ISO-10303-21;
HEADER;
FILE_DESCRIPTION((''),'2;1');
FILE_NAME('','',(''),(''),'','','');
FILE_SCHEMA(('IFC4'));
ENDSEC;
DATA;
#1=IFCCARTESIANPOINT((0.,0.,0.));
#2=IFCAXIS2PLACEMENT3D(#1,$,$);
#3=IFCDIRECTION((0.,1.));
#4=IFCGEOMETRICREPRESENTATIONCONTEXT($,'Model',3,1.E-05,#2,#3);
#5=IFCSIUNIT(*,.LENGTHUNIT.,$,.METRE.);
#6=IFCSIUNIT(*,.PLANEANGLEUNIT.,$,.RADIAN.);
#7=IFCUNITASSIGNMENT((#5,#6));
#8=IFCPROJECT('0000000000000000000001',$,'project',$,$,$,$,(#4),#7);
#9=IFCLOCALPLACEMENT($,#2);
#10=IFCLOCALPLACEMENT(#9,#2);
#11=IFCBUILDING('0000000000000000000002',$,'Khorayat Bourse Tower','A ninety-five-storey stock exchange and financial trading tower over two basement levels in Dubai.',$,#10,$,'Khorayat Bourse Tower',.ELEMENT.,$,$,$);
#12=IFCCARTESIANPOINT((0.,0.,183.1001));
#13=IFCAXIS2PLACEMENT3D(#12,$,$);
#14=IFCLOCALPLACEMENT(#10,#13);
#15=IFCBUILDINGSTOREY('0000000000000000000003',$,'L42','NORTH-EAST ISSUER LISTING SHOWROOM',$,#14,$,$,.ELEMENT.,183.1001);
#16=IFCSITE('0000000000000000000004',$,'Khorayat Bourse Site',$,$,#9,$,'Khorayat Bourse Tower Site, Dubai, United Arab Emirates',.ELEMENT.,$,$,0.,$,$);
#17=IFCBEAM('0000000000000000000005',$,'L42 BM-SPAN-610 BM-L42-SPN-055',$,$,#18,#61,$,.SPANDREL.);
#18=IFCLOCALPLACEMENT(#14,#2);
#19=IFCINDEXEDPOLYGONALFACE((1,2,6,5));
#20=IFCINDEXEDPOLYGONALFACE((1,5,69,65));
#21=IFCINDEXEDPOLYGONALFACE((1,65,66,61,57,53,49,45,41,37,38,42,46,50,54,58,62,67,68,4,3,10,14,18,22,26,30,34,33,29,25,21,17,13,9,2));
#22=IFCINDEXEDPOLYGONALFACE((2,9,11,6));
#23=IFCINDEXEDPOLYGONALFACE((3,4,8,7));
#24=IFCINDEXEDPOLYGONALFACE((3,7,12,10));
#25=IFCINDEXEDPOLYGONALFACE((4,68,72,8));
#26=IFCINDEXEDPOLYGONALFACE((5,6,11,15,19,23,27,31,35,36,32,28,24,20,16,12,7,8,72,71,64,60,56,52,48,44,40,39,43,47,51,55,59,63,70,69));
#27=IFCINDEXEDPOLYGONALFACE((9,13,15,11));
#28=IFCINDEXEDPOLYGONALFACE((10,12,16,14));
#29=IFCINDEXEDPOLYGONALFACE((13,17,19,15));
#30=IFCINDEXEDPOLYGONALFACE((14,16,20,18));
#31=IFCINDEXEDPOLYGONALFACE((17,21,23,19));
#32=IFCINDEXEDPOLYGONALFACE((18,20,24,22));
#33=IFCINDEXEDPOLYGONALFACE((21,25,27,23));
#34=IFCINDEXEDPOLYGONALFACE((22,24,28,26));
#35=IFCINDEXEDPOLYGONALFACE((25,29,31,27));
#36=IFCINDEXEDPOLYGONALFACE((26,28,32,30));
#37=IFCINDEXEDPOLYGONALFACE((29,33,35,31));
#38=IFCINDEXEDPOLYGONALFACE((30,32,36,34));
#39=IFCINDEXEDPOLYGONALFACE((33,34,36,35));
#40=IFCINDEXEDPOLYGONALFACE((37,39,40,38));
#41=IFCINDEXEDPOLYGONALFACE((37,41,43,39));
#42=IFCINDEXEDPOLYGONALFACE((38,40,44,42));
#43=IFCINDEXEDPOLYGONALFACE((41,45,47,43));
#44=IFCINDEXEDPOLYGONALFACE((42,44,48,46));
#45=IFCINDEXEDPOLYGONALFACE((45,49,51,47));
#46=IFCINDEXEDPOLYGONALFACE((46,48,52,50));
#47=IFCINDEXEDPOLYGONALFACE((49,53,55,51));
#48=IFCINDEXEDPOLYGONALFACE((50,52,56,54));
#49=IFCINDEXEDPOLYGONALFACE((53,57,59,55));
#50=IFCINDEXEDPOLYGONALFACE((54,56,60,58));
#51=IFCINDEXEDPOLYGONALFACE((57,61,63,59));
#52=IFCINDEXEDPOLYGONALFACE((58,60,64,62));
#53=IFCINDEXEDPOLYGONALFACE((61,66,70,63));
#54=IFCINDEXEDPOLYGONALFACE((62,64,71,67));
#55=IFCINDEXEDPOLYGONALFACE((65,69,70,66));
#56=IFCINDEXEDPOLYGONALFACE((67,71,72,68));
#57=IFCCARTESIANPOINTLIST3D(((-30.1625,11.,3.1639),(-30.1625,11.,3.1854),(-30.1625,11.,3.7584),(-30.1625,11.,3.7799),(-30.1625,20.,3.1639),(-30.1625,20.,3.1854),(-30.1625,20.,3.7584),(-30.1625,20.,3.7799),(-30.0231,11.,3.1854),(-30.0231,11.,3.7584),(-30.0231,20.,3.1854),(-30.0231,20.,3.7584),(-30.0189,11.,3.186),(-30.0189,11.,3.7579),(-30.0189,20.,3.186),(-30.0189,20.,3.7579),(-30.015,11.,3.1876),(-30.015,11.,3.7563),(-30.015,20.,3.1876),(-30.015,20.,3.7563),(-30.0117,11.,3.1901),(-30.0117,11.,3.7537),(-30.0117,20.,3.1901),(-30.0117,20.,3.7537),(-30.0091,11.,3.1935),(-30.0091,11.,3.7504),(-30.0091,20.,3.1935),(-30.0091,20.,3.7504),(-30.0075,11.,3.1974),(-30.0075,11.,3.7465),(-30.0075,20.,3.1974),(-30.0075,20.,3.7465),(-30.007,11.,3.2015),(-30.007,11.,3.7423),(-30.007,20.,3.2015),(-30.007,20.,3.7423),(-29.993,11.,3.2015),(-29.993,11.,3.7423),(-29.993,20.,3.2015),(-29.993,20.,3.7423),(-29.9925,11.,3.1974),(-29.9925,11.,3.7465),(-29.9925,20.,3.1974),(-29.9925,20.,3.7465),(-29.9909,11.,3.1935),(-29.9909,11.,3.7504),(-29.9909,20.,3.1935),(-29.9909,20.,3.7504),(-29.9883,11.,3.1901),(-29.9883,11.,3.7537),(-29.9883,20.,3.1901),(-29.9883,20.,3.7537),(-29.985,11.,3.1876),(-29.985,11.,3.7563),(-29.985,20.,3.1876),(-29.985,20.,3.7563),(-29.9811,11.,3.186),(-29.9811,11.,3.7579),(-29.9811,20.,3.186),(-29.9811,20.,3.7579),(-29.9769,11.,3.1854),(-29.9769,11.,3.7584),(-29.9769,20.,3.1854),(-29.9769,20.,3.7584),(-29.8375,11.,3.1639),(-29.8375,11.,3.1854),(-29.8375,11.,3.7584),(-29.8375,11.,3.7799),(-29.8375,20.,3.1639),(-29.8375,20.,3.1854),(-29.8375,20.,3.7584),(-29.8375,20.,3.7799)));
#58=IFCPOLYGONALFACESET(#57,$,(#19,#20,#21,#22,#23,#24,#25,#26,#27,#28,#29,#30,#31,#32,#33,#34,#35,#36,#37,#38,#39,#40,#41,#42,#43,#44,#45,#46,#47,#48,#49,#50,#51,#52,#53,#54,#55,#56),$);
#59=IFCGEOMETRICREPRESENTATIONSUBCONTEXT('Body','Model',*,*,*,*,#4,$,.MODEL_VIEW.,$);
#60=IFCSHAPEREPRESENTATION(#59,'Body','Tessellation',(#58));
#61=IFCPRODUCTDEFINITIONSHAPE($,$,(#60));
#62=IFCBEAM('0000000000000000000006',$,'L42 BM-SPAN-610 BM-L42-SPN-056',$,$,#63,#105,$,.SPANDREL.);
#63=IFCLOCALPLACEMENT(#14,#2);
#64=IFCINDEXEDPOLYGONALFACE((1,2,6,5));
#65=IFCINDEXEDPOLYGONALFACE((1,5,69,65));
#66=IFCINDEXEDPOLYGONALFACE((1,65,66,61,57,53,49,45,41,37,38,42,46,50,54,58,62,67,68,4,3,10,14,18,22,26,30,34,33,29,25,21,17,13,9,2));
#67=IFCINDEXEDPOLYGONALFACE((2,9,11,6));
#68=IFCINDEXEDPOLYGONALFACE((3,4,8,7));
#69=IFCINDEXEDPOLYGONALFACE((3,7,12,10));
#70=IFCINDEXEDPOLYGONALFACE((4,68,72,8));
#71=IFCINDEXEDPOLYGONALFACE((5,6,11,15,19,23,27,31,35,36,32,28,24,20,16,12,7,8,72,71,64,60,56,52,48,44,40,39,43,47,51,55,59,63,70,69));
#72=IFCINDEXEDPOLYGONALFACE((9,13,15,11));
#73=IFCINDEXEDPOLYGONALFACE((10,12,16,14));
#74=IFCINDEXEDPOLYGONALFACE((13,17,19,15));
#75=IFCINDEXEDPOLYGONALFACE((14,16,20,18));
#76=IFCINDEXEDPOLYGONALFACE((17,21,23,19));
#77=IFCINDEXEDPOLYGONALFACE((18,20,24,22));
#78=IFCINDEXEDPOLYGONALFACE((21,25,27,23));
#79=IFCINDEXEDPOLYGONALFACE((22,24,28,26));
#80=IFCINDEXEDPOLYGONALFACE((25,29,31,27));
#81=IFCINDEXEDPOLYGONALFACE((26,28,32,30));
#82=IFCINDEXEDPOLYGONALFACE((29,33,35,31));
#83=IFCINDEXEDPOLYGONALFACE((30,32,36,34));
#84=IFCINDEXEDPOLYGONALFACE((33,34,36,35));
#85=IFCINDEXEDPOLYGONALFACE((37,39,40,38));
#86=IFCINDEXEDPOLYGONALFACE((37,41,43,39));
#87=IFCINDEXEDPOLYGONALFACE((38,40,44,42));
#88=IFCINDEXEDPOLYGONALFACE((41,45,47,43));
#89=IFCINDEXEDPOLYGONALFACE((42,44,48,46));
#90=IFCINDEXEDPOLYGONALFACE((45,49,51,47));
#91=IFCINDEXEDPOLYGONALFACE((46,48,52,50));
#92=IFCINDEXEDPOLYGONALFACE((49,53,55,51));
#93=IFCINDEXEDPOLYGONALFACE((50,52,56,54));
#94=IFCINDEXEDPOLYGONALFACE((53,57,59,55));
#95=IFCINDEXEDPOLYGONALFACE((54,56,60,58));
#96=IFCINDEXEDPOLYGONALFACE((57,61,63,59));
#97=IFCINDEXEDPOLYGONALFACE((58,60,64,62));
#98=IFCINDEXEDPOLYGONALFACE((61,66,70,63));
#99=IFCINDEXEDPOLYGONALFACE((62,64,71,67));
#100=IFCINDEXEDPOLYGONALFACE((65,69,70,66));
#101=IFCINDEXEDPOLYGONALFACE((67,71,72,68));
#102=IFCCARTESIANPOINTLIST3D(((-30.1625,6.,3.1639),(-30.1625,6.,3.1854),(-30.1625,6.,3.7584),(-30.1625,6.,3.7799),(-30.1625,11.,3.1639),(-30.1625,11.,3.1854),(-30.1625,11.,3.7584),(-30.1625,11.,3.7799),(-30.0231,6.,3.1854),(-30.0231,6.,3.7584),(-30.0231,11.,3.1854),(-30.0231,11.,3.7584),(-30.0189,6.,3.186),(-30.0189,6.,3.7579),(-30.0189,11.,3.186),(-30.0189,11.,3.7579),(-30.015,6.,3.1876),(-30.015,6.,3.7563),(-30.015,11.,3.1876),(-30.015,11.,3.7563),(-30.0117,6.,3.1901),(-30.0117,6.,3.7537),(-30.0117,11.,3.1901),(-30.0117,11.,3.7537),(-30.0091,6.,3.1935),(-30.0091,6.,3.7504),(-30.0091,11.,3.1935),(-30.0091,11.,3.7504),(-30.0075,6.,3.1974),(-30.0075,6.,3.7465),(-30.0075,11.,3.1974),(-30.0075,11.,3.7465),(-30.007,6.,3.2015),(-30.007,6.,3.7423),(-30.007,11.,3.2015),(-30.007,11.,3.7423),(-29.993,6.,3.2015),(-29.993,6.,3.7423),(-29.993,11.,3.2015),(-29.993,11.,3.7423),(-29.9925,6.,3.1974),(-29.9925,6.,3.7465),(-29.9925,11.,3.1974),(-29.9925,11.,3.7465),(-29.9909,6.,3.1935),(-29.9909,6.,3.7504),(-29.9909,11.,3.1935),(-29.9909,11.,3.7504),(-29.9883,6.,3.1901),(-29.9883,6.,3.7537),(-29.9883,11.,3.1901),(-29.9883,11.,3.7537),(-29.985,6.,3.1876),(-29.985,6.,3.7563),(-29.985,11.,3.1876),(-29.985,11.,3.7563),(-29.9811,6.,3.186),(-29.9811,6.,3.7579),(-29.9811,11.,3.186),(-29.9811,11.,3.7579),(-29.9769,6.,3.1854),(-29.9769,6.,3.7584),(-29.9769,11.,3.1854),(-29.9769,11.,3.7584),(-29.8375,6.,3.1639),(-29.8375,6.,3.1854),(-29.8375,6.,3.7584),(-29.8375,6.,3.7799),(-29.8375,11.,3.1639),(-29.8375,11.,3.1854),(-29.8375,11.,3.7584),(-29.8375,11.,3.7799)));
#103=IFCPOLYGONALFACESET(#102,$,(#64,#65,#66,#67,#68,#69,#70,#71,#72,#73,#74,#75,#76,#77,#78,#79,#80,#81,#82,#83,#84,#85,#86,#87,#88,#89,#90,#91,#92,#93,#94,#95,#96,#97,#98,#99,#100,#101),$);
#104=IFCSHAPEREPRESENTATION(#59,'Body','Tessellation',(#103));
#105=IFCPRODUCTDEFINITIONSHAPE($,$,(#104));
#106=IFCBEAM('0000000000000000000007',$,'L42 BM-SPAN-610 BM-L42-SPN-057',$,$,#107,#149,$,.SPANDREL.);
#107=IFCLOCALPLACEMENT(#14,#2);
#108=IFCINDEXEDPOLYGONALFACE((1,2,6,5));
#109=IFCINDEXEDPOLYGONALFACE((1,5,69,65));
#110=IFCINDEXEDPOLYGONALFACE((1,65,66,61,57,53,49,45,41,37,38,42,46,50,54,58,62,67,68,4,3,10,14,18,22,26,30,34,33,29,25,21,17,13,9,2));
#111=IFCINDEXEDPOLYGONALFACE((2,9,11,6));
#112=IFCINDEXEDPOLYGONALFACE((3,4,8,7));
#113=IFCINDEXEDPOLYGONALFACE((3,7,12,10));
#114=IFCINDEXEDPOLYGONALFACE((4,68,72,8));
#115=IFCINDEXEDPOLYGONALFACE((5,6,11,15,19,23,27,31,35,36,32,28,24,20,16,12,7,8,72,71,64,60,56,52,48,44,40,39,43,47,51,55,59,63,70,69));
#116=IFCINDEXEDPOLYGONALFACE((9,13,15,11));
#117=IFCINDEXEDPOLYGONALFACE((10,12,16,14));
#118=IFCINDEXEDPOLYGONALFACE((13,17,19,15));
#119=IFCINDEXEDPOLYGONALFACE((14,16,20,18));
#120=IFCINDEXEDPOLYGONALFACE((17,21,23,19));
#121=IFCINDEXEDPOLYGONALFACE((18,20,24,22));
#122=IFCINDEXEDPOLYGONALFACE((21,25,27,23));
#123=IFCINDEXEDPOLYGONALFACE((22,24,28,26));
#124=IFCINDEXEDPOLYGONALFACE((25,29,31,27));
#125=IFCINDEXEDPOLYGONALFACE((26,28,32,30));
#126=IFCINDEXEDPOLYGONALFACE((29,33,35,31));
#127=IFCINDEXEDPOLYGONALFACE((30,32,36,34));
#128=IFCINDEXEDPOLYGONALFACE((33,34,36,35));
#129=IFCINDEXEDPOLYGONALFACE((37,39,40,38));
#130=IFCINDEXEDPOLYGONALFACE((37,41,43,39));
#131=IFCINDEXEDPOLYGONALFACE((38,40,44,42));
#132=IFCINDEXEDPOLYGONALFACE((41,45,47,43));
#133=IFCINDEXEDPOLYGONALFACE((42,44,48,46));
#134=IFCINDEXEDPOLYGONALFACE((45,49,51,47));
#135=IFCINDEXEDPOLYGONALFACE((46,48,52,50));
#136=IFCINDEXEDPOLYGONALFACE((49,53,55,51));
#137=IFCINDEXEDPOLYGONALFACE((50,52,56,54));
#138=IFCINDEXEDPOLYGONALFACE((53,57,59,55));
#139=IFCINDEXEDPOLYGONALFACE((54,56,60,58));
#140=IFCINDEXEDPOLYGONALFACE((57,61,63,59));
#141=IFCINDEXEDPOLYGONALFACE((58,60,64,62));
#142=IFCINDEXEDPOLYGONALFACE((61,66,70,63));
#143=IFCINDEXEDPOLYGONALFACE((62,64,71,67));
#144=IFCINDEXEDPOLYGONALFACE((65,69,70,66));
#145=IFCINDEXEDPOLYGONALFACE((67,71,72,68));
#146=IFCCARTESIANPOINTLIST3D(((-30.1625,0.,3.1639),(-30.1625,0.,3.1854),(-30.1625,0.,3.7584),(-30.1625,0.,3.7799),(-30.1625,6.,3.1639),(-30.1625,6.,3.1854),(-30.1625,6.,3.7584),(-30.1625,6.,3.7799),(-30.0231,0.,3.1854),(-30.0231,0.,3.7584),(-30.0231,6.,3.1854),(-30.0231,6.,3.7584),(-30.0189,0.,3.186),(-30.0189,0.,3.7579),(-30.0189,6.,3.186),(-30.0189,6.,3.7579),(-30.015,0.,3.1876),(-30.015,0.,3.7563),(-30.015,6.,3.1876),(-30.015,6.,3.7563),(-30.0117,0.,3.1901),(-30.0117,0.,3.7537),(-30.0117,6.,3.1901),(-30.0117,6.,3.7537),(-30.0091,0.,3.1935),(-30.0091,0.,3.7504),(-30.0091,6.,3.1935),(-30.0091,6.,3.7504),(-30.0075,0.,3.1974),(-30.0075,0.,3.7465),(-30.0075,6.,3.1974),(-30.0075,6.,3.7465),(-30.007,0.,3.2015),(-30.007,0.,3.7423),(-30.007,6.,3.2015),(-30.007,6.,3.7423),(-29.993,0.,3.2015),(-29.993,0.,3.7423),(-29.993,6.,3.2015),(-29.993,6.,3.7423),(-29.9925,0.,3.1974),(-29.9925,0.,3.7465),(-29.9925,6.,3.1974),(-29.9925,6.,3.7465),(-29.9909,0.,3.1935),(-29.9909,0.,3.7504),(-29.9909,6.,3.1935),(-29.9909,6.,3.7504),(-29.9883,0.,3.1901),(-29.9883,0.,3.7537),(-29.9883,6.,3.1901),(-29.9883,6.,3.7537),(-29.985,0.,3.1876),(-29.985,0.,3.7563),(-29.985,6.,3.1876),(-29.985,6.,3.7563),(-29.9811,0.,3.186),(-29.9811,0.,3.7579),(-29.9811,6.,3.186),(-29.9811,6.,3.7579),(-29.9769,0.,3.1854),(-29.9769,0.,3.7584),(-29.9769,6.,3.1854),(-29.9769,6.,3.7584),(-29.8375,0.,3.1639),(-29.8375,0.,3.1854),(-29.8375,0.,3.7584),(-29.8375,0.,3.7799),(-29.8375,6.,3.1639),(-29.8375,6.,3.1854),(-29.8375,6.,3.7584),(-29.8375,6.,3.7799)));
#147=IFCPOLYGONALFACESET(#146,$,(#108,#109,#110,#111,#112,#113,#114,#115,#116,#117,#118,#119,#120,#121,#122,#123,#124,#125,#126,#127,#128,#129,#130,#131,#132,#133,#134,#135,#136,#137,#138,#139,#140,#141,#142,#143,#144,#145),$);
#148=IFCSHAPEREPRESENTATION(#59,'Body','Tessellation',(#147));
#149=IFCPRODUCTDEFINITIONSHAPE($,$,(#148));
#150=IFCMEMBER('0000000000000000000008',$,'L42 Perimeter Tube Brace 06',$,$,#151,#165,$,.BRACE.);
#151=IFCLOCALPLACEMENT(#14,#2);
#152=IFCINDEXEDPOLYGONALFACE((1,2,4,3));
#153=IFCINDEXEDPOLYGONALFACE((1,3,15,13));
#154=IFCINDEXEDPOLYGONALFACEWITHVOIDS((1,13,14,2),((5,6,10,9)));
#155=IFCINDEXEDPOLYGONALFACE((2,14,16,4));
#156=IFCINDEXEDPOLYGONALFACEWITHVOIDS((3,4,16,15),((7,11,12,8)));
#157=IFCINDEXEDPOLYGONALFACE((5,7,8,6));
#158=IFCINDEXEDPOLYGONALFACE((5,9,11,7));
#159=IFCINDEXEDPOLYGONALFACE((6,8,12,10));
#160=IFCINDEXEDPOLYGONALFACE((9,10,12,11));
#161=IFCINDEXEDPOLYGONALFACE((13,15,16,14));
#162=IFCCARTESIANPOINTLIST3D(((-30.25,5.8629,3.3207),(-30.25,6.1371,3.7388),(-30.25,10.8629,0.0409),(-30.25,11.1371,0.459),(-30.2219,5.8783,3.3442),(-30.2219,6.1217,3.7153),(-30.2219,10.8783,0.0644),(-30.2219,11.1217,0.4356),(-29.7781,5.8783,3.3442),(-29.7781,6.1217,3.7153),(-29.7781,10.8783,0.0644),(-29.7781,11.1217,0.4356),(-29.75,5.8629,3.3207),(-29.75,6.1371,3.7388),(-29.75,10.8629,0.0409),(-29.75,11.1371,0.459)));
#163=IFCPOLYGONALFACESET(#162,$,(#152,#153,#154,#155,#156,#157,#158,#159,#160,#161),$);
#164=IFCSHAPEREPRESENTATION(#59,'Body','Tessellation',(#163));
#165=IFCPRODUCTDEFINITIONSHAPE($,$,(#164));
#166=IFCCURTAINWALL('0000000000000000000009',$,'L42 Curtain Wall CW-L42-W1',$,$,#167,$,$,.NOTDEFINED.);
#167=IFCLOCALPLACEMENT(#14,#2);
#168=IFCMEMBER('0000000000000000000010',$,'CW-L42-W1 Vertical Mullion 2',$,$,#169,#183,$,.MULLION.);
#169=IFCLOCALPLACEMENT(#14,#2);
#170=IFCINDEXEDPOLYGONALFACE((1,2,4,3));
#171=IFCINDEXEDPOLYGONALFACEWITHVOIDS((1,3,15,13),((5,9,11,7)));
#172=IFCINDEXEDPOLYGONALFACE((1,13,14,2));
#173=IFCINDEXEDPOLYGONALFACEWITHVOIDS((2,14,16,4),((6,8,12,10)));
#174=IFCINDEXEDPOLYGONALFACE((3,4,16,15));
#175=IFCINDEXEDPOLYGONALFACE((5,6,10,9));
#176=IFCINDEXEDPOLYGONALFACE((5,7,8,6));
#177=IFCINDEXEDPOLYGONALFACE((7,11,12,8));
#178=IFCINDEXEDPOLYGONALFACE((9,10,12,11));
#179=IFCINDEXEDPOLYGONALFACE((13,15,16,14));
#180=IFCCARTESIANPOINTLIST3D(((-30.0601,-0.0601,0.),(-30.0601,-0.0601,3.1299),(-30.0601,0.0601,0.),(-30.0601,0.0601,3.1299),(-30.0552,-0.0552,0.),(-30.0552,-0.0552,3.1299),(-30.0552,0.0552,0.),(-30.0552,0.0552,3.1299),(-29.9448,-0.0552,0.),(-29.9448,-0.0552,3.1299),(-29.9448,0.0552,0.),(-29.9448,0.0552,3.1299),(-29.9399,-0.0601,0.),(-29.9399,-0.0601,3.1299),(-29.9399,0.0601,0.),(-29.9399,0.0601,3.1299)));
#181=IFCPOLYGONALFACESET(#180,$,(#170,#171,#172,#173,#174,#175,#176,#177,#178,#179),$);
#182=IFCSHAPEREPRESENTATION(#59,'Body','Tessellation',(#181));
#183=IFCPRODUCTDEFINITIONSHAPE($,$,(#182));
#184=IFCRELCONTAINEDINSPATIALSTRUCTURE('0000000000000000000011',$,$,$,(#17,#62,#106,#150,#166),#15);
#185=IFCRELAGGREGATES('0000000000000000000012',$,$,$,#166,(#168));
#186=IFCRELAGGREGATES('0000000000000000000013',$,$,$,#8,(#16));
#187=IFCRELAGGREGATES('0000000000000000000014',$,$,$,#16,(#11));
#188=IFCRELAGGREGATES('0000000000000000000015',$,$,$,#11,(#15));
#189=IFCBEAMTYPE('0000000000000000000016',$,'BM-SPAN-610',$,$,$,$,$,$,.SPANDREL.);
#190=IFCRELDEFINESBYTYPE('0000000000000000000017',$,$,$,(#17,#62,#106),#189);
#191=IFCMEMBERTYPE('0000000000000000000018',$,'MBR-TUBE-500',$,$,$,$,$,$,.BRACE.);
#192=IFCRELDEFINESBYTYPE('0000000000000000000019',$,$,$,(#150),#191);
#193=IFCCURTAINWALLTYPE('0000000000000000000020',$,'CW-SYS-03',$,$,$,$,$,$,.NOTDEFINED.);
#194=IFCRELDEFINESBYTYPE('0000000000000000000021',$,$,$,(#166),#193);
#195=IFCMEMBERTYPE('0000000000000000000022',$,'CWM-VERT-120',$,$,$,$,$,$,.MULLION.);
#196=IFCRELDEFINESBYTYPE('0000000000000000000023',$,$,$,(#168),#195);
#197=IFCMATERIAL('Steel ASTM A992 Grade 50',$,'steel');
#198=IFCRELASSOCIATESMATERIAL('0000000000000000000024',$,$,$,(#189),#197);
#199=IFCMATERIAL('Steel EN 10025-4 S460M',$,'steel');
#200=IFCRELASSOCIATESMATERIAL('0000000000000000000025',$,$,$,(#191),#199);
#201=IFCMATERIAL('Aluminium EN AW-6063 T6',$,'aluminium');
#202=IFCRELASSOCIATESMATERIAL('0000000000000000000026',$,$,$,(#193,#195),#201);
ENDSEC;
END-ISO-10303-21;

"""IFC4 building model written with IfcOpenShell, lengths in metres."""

from ifc_helpers import new_model, si_unit, direction, frame, origin, origin_2d, place, context, subcontext, project, spatial, hollow_rectangle, i_section, extrude, source, transform, mapped, material, material_profile, profile_set, type_object, element, aggregate, save


model = new_model("IFC4")

# Units and contexts
model_context = context("Model", 3, precision=1e-05, world=origin(), true_north=direction((0.0, 1.0)))
body_context = subcontext(model_context, "Body", "Model", "MODEL_VIEW")
ifc_project = project(units=[si_unit("LENGTHUNIT", "METRE"), si_unit("PLANEANGLEUNIT", "RADIAN")], contexts=[model_context])

# Site, building, storey
site_placement = place(None, origin())
site = spatial("IfcSite", under=ifc_project, at=site_placement, Name="Khorayat Bourse Site", LongName="Khorayat Bourse Tower Site, Dubai, United Arab Emirates", CompositionType="ELEMENT", RefElevation=0.0)
building_placement = place(site_placement, origin())
building = spatial("IfcBuilding", under=site, at=building_placement, Name="Khorayat Bourse Tower", Description="A ninety-five-storey stock exchange and financial trading tower over two basement levels in Dubai.", LongName="Khorayat Bourse Tower", CompositionType="ELEMENT")
storey_placement = place(building_placement, frame((0.0, 0.0, 183.1001)))
storey = spatial("IfcBuildingStorey", under=building, at=storey_placement, Name="L42", Description="NORTH-EAST ISSUER LISTING SHOWROOM", CompositionType="ELEMENT", Elevation=183.1001)

# Shared definitions
ifc_material_1 = material(Name="Steel EN 10025-4 S460M", Category="steel")

# Beams
ifc_material_2 = material(Name="Steel ASTM A992 Grade 50", Category="steel")
ifc_material_profile_1 = material_profile(ifc_material_2, i_section(OverallWidth=0.325, OverallDepth=0.616, WebThickness=0.0139, FlangeThickness=0.0215, FilletRadius=0.0161, at=origin_2d()), Name="W610X174")
ifc_profile_set_1 = profile_set([ifc_material_profile_1], Name="Steel ASTM A992 Grade 50")
beam_type_1 = type_object("IfcBeamType", Name="BM-SPAN-610", PredefinedType="SPANDREL", material=ifc_profile_set_1)
shared_shape_1 = source(origin(), body_context, "Body", "SweptSolid", [
    extrude(i_section(OverallWidth=0.325, OverallDepth=0.616, WebThickness=0.0139, FlangeThickness=0.0215, FilletRadius=0.0161, at=origin_2d()), origin(), (0.0, 0.0, 1.0), 9.0),
])
beam_1_placement = place(storey_placement, frame((-30.0, 11.0, 3.4719), z_axis=(0.0, 1.0, 0.0), x_axis=(-1.0, 0.0, 0.0)))
element("IfcBeam", 1, at=beam_1_placement, inside=storey, type_object=beam_type_1, Name="L42 BM-SPAN-610 BM-L42-SPN-055", PredefinedType="SPANDREL", context=body_context, shape_type="MappedRepresentation", body=[
    mapped(shared_shape_1, transform((0.0, 0.0, 0.0), scale=1.0)),
])
shared_shape_2 = source(origin(), body_context, "Body", "SweptSolid", [
    extrude(i_section(OverallWidth=0.325, OverallDepth=0.616, WebThickness=0.0139, FlangeThickness=0.0215, FilletRadius=0.0161, at=origin_2d()), origin(), (0.0, 0.0, 1.0), 5.0),
])
beam_2_placement = place(storey_placement, frame((-30.0, 6.0, 3.4719), z_axis=(0.0, 1.0, 0.0), x_axis=(-1.0, 0.0, 0.0)))
element("IfcBeam", 2, at=beam_2_placement, inside=storey, type_object=beam_type_1, Name="L42 BM-SPAN-610 BM-L42-SPN-056", PredefinedType="SPANDREL", context=body_context, shape_type="MappedRepresentation", body=[
    mapped(shared_shape_2, transform((0.0, 0.0, 0.0), scale=1.0)),
])
shared_shape_3 = source(origin(), body_context, "Body", "SweptSolid", [
    extrude(i_section(OverallWidth=0.325, OverallDepth=0.616, WebThickness=0.0139, FlangeThickness=0.0215, FilletRadius=0.0161, at=origin_2d()), origin(), (0.0, 0.0, 1.0), 6.0),
])
beam_3_placement = place(storey_placement, frame((-30.0, 0.0, 3.4719), z_axis=(0.0, 1.0, 0.0), x_axis=(-1.0, 0.0, 0.0)))
element("IfcBeam", 3, at=beam_3_placement, inside=storey, type_object=beam_type_1, Name="L42 BM-SPAN-610 BM-L42-SPN-057", PredefinedType="SPANDREL", context=body_context, shape_type="MappedRepresentation", body=[
    mapped(shared_shape_3, transform((0.0, 0.0, 0.0), scale=1.0)),
])

# Member
ifc_material_profile_2 = material_profile(ifc_material_1, hollow_rectangle(XDim=0.5, YDim=0.5, WallThickness=0.0281, at=origin_2d()), Name="HSS 500x500x28")
ifc_profile_set_2 = profile_set([ifc_material_profile_2], Name="Steel EN 10025-4 S460M")
member_type_1 = type_object("IfcMemberType", Name="MBR-TUBE-500", PredefinedType="BRACE", material=ifc_profile_set_2)
shared_shape_4 = source(origin(), body_context, "Body", "SweptSolid", [
    extrude(hollow_rectangle(XDim=0.5, YDim=0.5, WallThickness=0.0281, at=origin_2d()), origin(), (0.0, 0.0, 1.0), 5.9797),
])
member_1_placement = place(storey_placement, frame((-30.0, 6.0, 3.5298), z_axis=(0.0, 0.83616, -0.548485), x_axis=(-1.0, 0.0, 0.0)))
element("IfcMember", 4, at=member_1_placement, inside=storey, type_object=member_type_1, Name="L42 Perimeter Tube Brace 06", PredefinedType="BRACE", context=body_context, shape_type="MappedRepresentation", body=[
    mapped(shared_shape_4, transform((0.0, 0.0, 0.0), scale=1.0)),
])

# Curtain wall, member
ifc_material_3 = material(Name="Aluminium EN AW-6063 T6", Category="aluminium")
curtain_wall_type = type_object("IfcCurtainWallType", Name="CW-SYS-03", PredefinedType="NOTDEFINED", material=ifc_material_3)
curtain_wall_placement = place(storey_placement, origin())
curtain_wall = element("IfcCurtainWall", 5, at=curtain_wall_placement, inside=storey, type_object=curtain_wall_type, Name="L42 Curtain Wall CW-L42-W1", PredefinedType="NOTDEFINED")
ifc_material_profile_3 = material_profile(ifc_material_3, hollow_rectangle(XDim=0.1201, YDim=0.1201, WallThickness=0.0049, at=origin_2d()), Name="ALU 120x120x5")
ifc_profile_set_3 = profile_set([ifc_material_profile_3], Name="Aluminium EN AW-6063 T6")
member_type_2 = type_object("IfcMemberType", Name="CWM-VERT-120", PredefinedType="MULLION", material=ifc_profile_set_3)
shared_shape_5 = source(origin(), body_context, "Body", "SweptSolid", [
    extrude(hollow_rectangle(XDim=0.1201, YDim=0.1201, WallThickness=0.0049, at=origin_2d()), origin(), (0.0, 0.0, 1.0), 3.1299),
])
member_2_placement = place(storey_placement, frame((-30.0, 0.0, 0.0), z_axis=(0.0, 0.0, 1.0), x_axis=(-1.0, 0.0, 0.0)))
member_2 = element("IfcMember", 6, at=member_2_placement, type_object=member_type_2, Name="CW-L42-W1 Vertical Mullion 2", PredefinedType="MULLION", context=body_context, shape_type="MappedRepresentation", body=[
    mapped(shared_shape_5, transform((0.0, 0.0, 0.0), scale=1.0)),
])
aggregate(curtain_wall, [member_2])

save(model, "model.ifc")
